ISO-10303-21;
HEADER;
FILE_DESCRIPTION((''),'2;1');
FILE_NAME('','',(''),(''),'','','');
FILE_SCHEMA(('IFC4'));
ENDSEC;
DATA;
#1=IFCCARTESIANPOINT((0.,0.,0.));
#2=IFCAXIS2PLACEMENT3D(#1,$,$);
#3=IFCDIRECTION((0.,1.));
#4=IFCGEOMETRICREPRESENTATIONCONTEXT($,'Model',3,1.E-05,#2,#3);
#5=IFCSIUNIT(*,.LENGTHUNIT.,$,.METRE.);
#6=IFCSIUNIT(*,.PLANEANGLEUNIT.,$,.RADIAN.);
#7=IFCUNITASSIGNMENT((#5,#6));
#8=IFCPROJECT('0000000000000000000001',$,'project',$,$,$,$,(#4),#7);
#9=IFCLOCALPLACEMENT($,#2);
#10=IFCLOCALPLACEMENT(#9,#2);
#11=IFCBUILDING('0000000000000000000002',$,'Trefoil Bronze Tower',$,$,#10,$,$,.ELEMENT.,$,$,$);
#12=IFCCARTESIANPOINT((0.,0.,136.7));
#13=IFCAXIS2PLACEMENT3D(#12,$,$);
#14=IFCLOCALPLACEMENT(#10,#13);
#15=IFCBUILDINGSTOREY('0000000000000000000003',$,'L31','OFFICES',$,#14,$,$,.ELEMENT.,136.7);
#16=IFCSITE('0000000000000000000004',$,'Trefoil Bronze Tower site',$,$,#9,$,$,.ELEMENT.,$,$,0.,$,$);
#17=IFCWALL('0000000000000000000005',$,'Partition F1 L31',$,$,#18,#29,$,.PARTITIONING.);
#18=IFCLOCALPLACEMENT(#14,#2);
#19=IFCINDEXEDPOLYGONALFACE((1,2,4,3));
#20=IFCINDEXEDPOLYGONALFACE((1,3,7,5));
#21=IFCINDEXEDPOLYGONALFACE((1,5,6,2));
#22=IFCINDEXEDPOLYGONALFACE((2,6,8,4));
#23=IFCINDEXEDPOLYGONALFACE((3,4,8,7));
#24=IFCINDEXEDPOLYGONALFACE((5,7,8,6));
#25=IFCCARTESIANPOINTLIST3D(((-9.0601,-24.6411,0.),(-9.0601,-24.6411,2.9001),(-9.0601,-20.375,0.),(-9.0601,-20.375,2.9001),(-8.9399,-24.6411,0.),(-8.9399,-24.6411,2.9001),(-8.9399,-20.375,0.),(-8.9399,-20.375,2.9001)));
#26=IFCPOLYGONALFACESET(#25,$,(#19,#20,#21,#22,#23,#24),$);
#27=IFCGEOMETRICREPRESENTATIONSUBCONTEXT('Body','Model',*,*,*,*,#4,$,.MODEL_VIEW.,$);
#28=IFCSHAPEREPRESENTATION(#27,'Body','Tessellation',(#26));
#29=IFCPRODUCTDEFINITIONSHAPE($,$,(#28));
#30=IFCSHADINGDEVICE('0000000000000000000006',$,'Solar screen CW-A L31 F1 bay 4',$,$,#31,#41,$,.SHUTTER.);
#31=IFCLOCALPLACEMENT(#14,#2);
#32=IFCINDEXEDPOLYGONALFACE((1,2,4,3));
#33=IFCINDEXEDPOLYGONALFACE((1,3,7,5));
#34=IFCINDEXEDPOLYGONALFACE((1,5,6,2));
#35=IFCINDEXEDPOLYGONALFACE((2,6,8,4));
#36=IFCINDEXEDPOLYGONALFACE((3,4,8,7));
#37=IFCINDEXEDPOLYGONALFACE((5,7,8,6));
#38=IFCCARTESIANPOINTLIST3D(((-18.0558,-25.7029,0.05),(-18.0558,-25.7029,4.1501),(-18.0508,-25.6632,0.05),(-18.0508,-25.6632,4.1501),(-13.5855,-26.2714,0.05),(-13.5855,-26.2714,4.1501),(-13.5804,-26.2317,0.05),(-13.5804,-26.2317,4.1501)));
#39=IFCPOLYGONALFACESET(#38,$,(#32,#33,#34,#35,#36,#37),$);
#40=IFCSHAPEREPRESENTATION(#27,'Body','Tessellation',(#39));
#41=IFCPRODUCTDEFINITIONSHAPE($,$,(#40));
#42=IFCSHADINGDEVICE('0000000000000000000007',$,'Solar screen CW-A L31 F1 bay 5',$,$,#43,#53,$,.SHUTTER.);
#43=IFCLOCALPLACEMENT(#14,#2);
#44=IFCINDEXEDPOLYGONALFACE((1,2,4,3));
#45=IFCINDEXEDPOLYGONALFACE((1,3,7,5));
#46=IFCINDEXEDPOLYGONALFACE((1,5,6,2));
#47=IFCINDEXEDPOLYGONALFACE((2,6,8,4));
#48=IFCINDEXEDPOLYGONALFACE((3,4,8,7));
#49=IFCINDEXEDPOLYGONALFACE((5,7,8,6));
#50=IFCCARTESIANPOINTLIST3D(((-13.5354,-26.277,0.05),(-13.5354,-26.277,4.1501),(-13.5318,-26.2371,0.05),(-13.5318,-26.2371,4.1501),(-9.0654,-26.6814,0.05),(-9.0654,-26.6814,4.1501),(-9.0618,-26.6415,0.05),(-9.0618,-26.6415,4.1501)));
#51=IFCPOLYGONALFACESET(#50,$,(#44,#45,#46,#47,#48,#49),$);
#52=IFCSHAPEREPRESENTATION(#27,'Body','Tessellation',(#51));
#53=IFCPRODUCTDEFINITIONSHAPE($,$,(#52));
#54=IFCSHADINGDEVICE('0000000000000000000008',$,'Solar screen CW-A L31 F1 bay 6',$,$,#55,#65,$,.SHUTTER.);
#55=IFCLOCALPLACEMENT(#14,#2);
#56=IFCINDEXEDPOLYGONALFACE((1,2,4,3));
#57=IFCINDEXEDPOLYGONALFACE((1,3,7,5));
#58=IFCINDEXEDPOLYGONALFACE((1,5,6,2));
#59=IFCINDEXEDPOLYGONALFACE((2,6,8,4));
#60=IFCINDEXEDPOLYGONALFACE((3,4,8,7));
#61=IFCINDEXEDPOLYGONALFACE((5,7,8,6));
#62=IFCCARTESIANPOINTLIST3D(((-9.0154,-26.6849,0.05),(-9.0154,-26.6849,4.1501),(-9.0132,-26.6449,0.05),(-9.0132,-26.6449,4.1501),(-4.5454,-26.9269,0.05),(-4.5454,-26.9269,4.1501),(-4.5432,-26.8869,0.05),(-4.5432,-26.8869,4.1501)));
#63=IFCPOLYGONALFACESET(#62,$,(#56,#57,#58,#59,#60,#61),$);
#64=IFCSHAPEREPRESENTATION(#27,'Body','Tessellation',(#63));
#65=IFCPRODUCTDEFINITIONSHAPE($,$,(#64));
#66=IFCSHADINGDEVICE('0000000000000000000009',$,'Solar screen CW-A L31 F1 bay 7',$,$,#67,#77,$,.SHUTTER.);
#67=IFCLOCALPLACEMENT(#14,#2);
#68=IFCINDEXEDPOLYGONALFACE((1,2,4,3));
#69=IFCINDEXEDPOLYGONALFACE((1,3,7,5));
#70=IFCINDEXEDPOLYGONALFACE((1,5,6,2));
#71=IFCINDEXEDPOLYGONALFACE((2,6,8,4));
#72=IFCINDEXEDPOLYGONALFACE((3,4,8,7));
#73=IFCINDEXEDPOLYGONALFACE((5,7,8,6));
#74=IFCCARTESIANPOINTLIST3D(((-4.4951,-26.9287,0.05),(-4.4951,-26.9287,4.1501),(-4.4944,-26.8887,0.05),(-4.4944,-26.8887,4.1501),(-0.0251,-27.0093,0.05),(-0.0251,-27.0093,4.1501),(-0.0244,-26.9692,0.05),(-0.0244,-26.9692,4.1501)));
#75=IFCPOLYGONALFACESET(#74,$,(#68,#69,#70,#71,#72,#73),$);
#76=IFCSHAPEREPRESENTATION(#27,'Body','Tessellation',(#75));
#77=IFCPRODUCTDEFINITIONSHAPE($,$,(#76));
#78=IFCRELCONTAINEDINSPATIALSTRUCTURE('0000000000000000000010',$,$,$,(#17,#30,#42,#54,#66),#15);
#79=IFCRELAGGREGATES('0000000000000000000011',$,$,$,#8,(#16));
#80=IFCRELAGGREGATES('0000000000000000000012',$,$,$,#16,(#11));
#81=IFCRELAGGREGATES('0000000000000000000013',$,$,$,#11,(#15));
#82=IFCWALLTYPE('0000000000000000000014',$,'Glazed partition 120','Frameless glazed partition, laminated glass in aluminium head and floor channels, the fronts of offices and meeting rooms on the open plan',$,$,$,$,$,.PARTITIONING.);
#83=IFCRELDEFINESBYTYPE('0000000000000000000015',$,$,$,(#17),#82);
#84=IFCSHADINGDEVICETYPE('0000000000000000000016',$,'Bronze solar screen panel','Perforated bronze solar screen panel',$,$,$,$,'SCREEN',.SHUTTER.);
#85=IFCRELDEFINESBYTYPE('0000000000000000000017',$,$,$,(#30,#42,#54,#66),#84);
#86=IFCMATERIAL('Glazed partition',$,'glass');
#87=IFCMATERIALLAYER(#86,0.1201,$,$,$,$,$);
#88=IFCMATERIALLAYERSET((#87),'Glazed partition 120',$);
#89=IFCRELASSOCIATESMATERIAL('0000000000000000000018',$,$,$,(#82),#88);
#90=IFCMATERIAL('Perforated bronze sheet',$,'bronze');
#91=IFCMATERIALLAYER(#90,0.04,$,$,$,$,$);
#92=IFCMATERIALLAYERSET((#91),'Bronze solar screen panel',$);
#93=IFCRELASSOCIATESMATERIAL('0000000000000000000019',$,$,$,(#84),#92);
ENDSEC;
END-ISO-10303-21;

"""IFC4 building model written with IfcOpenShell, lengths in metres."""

from ifc_helpers import new_model, si_unit, direction, frame, frame_2d, origin, origin_2d, place, context, subcontext, project, spatial, rectangle, extrude, material, layer, layer_set, type_object, element, save


model = new_model("IFC4")

# Units and contexts
model_context = context("Model", 3, precision=1e-05, world=origin(), true_north=direction((0.0, 1.0)))
body_context = subcontext(model_context, "Body", "Model", "MODEL_VIEW")
ifc_project = project(units=[si_unit("LENGTHUNIT", "METRE"), si_unit("PLANEANGLEUNIT", "RADIAN")], contexts=[model_context])

# Site, building, storey
site_placement = place(None, origin())
site = spatial("IfcSite", under=ifc_project, at=site_placement, Name="Trefoil Bronze Tower site", CompositionType="ELEMENT", RefElevation=0.0)
building_placement = place(site_placement, origin())
building = spatial("IfcBuilding", under=site, at=building_placement, Name="Trefoil Bronze Tower", CompositionType="ELEMENT")
storey_placement = place(building_placement, frame((0.0, 0.0, 136.7)))
storey = spatial("IfcBuildingStorey", under=building, at=storey_placement, Name="L31", Description="OFFICES", CompositionType="ELEMENT", Elevation=136.7)

# Shared definitions
ifc_material_1 = material(Name="Glazed partition", Category="glass")
ifc_layer_1 = layer(ifc_material_1, 0.1201)
ifc_layer_set_1 = layer_set([ifc_layer_1], Name="Glazed partition 120")
wall_type = type_object("IfcWallType", Name="Glazed partition 120", Description="Frameless glazed partition, laminated glass in aluminium head and floor channels, the fronts of offices and meeting rooms on the open plan", PredefinedType="PARTITIONING", material=ifc_layer_set_1)

# Wall
wall_1_placement = place(storey_placement, frame((-9.0, -20.375, 0.0), z_axis=(0.0, 0.0, 1.0), x_axis=(0.0, -1.0, 0.0)))
element("IfcWall", 1, at=wall_1_placement, inside=storey, type_object=wall_type, Name="Partition F1 L31", PredefinedType="PARTITIONING", context=body_context, shape_type="SweptSolid", body=[
    extrude(rectangle(XDim=4.2661, YDim=0.1201, at=frame_2d((2.1331, 0.0))), origin(), (0.0, 0.0, 1.0), 2.9001),
])

# Shading devices
ifc_material_2 = material(Name="Perforated bronze sheet", Category="bronze")
ifc_layer_2 = layer(ifc_material_2, 0.04)
ifc_layer_set_2 = layer_set([ifc_layer_2], Name="Bronze solar screen panel")
shading_device_type = type_object("IfcShadingDeviceType", Name="Bronze solar screen panel", Description="Perforated bronze solar screen panel", ElementType="SCREEN", PredefinedType="SHUTTER", material=ifc_layer_set_2)
shading_device_1_placement = place(storey_placement, frame((-15.8181, -25.9673, 0.05), z_axis=(0.0, 0.0, 1.0), x_axis=(0.992012, -0.126147, 0.0)))
element("IfcShadingDevice", 2, at=shading_device_1_placement, inside=storey, type_object=shading_device_type, Name="Solar screen CW-A L31 F1 bay 4", PredefinedType="SHUTTER", context=body_context, shape_type="SweptSolid", body=[
    extrude(rectangle(XDim=4.5063, YDim=0.04, at=origin_2d()), origin(), (0.0, 0.0, 1.0), 4.1001),
])
shading_device_2_placement = place(storey_placement, frame((-11.2986, -26.4592, 0.05), z_axis=(0.0, 0.0, 1.0), x_axis=(0.995932, -0.090105, 0.0)))
element("IfcShadingDevice", 3, at=shading_device_2_placement, inside=storey, type_object=shading_device_type, Name="Solar screen CW-A L31 F1 bay 5", PredefinedType="SHUTTER", context=body_context, shape_type="SweptSolid", body=[
    extrude(rectangle(XDim=4.4883, YDim=0.04, at=origin_2d()), origin(), (0.0, 0.0, 1.0), 4.1001),
])
shading_device_3_placement = place(storey_placement, frame((-6.7793, -26.7859, 0.05), z_axis=(0.0, 0.0, 1.0), x_axis=(0.998538, -0.054063, 0.0)))
element("IfcShadingDevice", 4, at=shading_device_3_placement, inside=storey, type_object=shading_device_type, Name="Solar screen CW-A L31 F1 bay 6", PredefinedType="SHUTTER", context=body_context, shape_type="SweptSolid", body=[
    extrude(rectangle(XDim=4.4766, YDim=0.04, at=origin_2d()), origin(), (0.0, 0.0, 1.0), 4.1001),
])
shading_device_4_placement = place(storey_placement, frame((-2.2598, -26.949, 0.05), z_axis=(0.0, 0.0, 1.0), x_axis=(0.999838, -0.018021, 0.0)))
element("IfcShadingDevice", 5, at=shading_device_4_placement, inside=storey, type_object=shading_device_type, Name="Solar screen CW-A L31 F1 bay 7", PredefinedType="SHUTTER", context=body_context, shape_type="SweptSolid", body=[
    extrude(rectangle(XDim=4.4707, YDim=0.04, at=origin_2d()), origin(), (0.0, 0.0, 1.0), 4.1001),
])

save(model, "model.ifc")
